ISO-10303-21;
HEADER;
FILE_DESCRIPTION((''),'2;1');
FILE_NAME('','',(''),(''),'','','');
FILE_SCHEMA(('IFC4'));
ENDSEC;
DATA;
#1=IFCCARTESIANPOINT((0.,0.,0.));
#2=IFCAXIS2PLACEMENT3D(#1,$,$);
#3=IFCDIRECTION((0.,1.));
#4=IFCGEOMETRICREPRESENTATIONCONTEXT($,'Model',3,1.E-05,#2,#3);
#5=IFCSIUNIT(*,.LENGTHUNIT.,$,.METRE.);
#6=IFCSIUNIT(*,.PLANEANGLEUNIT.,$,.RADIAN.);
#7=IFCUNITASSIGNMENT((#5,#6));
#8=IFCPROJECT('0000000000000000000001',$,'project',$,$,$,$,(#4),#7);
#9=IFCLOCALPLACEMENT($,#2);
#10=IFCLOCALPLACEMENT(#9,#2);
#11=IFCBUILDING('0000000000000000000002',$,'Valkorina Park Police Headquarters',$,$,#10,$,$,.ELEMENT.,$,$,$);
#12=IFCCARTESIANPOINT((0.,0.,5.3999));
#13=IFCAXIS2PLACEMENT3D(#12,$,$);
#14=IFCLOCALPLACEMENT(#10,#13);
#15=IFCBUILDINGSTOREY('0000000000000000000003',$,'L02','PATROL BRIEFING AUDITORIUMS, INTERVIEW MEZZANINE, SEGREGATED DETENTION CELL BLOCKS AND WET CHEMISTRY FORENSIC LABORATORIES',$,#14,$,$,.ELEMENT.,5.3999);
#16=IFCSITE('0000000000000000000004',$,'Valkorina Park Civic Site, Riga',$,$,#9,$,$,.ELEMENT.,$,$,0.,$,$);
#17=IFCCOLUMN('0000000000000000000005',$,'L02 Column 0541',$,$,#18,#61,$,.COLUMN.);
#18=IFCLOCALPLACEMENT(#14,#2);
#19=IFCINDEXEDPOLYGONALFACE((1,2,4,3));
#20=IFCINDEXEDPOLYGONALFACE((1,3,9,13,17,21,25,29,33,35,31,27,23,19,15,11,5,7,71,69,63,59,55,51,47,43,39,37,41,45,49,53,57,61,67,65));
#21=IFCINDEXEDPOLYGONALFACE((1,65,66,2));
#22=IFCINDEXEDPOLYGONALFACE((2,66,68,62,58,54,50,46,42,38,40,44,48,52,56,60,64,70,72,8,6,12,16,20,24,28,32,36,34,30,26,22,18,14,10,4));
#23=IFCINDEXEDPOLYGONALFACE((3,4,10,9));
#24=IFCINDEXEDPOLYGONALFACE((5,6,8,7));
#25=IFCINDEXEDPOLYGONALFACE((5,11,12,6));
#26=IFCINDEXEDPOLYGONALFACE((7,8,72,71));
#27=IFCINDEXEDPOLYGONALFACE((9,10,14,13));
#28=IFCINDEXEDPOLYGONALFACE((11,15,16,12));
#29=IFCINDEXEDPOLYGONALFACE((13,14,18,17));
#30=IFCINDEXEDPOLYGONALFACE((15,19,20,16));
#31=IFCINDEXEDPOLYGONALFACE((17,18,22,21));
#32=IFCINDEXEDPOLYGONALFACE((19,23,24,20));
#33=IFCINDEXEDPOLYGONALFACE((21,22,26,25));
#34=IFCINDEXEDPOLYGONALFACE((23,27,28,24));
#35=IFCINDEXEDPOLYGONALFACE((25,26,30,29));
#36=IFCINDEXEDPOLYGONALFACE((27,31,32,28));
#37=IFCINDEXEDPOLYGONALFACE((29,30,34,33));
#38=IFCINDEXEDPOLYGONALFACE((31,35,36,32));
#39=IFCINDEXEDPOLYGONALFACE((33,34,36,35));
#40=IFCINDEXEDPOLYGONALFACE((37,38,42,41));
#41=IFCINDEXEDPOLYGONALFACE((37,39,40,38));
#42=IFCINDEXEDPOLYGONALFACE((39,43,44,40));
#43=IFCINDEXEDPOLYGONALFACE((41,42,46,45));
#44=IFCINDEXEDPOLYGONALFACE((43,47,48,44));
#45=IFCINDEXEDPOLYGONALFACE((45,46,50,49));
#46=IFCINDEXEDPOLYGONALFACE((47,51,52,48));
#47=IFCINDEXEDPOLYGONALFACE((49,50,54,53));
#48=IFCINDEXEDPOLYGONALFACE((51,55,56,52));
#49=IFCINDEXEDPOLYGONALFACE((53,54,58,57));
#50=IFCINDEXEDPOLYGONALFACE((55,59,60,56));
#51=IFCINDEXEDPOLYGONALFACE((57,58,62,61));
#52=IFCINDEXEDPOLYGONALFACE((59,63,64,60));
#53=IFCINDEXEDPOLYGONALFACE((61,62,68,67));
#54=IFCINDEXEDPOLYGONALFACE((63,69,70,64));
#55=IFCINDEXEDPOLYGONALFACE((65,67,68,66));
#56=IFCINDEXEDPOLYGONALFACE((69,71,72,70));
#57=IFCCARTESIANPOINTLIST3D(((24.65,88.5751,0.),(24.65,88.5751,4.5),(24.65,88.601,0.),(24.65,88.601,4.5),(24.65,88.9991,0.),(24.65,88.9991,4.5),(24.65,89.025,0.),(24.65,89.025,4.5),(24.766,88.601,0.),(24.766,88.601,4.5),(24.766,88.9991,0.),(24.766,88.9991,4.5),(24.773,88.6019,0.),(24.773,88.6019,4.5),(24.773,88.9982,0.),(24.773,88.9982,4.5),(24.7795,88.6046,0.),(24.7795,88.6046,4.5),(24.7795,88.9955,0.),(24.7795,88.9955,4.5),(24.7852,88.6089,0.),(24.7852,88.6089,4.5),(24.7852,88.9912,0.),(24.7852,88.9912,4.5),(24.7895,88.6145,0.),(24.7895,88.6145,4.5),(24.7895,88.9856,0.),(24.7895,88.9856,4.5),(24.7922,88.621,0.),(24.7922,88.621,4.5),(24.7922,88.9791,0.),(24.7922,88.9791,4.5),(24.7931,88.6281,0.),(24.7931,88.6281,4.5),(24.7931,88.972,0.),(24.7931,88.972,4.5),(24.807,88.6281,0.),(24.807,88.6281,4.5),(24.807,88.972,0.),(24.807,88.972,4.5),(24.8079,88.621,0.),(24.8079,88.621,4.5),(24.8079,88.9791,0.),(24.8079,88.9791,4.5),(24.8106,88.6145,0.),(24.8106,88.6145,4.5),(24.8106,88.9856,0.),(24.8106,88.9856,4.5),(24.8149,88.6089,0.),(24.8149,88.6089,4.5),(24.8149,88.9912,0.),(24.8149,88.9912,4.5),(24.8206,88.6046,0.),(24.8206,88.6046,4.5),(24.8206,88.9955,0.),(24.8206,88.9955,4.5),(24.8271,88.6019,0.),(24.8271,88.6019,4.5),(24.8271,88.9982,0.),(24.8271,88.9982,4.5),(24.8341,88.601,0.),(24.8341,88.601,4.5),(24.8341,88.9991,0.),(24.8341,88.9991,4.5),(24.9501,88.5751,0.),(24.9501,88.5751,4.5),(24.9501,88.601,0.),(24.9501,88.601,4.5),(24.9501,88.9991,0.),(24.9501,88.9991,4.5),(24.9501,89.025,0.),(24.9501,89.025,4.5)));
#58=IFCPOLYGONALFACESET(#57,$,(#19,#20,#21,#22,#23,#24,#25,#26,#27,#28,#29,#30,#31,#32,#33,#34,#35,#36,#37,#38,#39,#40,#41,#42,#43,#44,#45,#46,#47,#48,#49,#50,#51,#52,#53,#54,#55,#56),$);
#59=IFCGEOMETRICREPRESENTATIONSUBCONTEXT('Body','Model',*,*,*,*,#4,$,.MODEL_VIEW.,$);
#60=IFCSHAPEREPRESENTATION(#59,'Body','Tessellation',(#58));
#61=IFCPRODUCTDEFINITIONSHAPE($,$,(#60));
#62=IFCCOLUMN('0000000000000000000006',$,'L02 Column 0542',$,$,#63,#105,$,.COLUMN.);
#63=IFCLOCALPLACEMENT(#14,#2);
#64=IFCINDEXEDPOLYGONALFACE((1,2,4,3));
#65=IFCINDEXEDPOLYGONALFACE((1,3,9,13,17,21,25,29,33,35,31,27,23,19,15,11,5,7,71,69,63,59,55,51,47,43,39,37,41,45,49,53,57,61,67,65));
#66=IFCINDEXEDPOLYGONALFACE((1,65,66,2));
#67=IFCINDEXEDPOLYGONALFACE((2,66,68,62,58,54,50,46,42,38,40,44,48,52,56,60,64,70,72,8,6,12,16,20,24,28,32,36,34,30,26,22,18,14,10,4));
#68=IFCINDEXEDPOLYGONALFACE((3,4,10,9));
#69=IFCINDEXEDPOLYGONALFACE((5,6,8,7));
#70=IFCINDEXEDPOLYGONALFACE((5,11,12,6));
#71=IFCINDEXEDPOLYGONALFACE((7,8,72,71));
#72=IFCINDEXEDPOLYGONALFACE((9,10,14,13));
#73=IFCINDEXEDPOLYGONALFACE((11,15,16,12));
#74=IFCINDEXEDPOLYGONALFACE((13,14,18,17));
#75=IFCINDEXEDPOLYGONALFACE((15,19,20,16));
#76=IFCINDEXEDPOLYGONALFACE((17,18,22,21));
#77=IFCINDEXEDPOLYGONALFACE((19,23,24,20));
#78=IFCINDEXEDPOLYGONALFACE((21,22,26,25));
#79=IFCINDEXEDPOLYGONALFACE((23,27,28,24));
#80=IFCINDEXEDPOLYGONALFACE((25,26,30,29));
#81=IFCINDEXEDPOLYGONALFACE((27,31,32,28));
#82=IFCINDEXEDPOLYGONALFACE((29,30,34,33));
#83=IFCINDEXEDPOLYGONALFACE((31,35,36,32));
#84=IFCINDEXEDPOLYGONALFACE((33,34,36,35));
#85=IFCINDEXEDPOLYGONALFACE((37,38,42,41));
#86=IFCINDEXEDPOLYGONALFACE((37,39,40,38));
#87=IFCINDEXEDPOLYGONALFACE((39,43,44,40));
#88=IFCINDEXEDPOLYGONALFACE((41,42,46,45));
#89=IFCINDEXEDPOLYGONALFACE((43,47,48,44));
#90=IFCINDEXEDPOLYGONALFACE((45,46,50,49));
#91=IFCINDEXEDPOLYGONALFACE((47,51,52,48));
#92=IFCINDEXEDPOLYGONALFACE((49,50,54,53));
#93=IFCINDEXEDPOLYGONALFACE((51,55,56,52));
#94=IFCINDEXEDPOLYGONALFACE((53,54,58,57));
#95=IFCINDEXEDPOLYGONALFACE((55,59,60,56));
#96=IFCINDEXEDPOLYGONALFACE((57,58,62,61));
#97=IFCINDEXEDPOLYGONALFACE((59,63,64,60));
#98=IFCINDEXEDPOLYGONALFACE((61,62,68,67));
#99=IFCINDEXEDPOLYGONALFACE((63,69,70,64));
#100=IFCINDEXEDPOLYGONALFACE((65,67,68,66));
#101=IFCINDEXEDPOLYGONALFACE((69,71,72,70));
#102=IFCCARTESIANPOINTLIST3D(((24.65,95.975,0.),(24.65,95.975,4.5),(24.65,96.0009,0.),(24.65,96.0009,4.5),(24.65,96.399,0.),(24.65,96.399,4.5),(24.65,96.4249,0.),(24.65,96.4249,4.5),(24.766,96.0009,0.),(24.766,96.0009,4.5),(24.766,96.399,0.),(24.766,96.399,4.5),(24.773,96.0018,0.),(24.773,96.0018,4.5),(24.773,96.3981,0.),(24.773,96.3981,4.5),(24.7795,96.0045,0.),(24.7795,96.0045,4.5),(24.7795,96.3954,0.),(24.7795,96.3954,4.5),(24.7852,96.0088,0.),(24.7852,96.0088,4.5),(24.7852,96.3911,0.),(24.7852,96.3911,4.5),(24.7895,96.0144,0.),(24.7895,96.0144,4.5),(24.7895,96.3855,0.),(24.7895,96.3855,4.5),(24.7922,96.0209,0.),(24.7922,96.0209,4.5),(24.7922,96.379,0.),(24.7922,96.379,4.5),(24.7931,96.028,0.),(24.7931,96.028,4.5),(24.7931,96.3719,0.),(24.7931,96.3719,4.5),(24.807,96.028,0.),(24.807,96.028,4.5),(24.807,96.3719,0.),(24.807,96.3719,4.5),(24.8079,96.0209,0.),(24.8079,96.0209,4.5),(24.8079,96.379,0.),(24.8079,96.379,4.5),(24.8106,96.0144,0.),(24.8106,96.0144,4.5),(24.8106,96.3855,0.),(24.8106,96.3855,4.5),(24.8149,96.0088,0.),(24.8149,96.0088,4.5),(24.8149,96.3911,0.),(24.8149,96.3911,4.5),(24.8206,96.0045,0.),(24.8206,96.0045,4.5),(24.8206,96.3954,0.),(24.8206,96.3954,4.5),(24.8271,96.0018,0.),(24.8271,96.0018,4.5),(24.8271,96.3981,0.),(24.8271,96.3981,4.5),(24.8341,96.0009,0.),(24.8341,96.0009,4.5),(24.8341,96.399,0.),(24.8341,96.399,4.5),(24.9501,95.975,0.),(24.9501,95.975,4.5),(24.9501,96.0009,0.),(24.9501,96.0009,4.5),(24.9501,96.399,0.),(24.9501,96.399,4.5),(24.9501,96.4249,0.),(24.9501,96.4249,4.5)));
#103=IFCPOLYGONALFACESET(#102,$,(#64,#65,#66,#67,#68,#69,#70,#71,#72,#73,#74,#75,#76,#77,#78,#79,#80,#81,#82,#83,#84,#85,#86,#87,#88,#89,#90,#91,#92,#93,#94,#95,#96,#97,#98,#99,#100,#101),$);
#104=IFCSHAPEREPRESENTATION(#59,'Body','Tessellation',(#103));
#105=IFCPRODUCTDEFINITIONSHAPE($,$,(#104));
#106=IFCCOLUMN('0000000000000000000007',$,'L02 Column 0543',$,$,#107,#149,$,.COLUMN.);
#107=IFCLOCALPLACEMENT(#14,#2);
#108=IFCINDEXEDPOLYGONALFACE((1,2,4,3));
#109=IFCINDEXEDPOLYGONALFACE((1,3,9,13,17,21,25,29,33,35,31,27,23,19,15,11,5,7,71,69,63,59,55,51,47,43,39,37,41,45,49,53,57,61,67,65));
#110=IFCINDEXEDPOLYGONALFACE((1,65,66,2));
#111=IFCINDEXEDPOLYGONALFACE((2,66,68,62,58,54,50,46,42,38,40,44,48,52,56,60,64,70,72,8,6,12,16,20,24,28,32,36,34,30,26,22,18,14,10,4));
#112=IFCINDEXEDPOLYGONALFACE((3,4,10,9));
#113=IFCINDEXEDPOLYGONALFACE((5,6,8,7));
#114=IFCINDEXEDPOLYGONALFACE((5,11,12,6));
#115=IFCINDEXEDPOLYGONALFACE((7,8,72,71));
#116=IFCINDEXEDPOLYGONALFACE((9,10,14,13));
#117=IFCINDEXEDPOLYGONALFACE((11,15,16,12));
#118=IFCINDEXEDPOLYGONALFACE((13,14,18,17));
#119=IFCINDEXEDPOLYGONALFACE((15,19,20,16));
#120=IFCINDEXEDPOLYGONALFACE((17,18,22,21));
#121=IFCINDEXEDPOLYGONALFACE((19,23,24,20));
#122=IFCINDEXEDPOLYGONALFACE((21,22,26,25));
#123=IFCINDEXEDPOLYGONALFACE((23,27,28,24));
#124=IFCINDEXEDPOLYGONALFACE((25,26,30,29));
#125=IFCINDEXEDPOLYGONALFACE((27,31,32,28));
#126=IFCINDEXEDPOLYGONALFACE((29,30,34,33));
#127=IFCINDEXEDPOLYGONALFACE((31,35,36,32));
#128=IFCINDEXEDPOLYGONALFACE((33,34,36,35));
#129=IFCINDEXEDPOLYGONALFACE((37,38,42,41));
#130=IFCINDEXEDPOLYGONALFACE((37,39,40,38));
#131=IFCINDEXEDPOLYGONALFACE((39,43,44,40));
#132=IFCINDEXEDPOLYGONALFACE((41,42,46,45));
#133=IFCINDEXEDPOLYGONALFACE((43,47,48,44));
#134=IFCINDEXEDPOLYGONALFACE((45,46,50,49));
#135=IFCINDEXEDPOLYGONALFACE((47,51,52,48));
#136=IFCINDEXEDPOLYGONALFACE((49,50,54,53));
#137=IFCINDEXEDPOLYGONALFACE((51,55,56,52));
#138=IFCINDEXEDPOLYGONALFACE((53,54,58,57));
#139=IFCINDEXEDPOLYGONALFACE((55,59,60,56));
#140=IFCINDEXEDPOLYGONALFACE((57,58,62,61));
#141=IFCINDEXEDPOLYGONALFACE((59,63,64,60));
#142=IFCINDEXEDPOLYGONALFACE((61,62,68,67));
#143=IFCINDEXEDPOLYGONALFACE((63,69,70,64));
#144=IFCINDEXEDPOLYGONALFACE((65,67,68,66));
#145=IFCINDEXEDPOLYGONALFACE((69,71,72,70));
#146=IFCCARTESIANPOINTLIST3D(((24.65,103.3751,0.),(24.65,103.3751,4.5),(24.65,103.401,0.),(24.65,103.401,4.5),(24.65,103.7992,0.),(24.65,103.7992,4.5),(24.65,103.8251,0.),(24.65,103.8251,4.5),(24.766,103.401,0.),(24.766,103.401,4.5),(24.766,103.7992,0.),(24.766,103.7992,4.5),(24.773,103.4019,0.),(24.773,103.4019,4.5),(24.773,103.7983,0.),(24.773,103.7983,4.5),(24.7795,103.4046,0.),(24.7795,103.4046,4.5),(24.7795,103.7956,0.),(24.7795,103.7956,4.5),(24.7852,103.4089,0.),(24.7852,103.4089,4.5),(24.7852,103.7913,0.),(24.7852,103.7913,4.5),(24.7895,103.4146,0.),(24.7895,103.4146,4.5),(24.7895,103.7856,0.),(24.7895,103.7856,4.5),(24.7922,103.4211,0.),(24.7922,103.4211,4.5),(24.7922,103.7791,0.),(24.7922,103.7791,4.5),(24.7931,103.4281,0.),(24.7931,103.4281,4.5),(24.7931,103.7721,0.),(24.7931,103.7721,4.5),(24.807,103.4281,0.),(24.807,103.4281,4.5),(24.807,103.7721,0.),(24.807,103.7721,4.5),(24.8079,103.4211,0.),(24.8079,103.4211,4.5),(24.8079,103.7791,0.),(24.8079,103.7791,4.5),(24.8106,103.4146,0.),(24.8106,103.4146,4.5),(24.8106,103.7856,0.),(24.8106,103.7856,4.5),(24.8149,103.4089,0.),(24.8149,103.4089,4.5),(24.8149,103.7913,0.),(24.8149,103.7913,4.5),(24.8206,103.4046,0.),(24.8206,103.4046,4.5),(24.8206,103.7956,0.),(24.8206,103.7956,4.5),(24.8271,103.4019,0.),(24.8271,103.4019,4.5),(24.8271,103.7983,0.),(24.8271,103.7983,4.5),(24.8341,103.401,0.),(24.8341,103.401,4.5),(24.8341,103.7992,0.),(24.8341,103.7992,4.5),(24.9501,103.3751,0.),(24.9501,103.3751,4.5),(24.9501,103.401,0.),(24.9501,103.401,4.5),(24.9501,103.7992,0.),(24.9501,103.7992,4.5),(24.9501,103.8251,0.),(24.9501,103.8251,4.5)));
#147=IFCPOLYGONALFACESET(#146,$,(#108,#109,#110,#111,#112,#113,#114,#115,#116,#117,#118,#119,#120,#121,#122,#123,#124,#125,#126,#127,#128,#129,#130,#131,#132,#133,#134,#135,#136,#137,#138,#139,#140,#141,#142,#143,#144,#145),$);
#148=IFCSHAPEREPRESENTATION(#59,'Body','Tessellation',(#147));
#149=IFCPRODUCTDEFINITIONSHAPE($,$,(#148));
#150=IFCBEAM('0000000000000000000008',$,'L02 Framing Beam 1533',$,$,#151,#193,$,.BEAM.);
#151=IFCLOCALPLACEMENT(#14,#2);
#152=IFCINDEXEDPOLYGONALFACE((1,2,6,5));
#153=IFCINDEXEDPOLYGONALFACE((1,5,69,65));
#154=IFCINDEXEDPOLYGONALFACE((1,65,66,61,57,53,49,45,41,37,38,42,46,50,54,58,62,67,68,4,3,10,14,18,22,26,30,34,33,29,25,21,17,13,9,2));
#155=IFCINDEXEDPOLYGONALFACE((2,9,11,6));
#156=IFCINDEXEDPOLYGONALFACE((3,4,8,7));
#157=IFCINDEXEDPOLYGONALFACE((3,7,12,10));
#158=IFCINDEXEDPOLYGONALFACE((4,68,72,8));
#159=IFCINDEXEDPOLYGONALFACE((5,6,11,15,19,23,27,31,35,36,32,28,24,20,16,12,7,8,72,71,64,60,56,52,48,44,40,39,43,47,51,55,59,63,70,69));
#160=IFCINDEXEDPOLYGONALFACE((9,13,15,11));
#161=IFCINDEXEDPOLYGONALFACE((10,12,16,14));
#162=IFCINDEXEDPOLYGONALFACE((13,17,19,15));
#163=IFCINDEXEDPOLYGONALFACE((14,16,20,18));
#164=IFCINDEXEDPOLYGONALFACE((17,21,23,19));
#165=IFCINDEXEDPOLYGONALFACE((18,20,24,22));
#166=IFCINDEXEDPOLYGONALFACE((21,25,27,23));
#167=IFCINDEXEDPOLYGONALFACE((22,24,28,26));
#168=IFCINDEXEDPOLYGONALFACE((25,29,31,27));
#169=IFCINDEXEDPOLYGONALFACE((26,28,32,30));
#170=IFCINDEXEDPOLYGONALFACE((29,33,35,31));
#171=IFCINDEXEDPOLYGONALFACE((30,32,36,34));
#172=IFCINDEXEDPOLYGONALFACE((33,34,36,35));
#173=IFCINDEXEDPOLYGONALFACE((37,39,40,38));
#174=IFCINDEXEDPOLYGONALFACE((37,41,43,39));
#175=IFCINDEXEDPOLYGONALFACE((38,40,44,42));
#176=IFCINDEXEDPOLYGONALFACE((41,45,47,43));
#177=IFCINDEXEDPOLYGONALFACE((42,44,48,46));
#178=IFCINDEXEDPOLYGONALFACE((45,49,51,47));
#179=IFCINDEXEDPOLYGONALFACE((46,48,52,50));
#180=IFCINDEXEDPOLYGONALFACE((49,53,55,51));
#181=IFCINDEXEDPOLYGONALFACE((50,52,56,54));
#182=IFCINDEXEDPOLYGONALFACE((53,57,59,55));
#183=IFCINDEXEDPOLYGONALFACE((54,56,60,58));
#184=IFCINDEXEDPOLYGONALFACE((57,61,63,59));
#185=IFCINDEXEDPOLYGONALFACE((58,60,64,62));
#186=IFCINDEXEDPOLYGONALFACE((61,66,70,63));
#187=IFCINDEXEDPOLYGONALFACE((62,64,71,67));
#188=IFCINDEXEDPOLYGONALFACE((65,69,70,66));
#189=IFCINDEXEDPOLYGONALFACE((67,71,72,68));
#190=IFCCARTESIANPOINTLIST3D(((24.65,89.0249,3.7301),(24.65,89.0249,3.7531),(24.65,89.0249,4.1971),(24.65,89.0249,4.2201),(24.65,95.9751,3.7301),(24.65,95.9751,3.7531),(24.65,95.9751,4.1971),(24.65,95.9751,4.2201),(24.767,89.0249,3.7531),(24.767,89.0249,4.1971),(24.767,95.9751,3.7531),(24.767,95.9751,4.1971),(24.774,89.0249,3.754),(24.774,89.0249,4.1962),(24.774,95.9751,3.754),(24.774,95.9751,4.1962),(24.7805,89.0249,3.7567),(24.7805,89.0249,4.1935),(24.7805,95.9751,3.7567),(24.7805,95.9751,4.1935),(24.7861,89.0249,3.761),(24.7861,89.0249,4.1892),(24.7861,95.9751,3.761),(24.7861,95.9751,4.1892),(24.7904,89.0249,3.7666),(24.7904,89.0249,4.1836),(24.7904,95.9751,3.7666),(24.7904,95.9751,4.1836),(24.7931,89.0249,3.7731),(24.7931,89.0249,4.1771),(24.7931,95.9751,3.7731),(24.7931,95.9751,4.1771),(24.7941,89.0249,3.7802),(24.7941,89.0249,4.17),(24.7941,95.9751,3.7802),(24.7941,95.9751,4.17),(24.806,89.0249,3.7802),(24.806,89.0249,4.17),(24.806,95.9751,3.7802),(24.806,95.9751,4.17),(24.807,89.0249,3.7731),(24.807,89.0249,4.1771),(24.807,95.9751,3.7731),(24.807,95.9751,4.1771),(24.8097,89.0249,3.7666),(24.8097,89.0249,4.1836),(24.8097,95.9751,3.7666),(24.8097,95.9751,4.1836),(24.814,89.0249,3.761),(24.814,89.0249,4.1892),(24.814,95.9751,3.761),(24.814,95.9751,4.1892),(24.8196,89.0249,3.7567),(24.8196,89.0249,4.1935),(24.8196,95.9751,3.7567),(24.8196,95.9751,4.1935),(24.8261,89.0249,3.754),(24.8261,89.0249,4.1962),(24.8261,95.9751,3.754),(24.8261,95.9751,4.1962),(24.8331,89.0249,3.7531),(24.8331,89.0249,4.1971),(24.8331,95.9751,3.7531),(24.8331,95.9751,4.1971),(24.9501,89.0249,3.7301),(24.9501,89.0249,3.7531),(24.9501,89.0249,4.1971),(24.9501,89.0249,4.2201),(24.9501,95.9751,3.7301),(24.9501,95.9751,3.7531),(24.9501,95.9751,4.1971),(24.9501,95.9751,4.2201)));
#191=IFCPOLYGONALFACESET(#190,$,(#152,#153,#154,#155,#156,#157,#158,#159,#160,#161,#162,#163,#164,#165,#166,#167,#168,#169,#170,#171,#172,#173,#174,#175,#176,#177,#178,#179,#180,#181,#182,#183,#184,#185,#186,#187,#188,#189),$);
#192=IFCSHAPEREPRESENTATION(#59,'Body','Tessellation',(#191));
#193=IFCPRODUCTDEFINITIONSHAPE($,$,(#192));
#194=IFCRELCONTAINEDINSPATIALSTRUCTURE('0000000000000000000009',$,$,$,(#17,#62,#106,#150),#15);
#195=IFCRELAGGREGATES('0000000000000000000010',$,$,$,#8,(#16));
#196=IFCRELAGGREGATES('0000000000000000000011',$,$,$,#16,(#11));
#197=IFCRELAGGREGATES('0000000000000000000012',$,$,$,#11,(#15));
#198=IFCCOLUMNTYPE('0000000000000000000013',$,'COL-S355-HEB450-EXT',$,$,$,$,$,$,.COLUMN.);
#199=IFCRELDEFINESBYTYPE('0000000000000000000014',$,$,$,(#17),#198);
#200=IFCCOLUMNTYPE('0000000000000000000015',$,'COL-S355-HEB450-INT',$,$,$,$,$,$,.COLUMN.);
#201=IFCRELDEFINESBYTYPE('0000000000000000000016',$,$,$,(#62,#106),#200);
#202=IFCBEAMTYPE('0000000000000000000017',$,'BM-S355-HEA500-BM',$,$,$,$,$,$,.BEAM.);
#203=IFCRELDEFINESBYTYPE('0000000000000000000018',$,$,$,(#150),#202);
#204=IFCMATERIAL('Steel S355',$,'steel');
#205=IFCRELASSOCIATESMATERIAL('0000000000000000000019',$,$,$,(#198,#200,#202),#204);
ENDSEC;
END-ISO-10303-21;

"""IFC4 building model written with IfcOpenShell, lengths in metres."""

from ifc_helpers import new_model, si_unit, direction, frame, origin, origin_2d, place, context, subcontext, project, spatial, i_section, extrude, material, material_profile, profile_set, type_object, element, save


model = new_model("IFC4")

# Units and contexts
model_context = context("Model", 3, precision=1e-05, world=origin(), true_north=direction((0.0, 1.0)))
body_context = subcontext(model_context, "Body", "Model", "MODEL_VIEW")
ifc_project = project(units=[si_unit("LENGTHUNIT", "METRE"), si_unit("PLANEANGLEUNIT", "RADIAN")], contexts=[model_context])

# Site, building, storey
site_placement = place(None, origin())
site = spatial("IfcSite", under=ifc_project, at=site_placement, Name="Valkorina Park Civic Site, Riga", CompositionType="ELEMENT", RefElevation=0.0)
building_placement = place(site_placement, origin())
building = spatial("IfcBuilding", under=site, at=building_placement, Name="Valkorina Park Police Headquarters", CompositionType="ELEMENT")
storey_placement = place(building_placement, frame((0.0, 0.0, 5.3999)))
storey = spatial("IfcBuildingStorey", under=building, at=storey_placement, Name="L02", Description="PATROL BRIEFING AUDITORIUMS, INTERVIEW MEZZANINE, SEGREGATED DETENTION CELL BLOCKS AND WET CHEMISTRY FORENSIC LABORATORIES", CompositionType="ELEMENT", Elevation=5.3999)

# Columns
ifc_material_1 = material(Name="Steel S355", Category="steel")
ifc_material_profile_1 = material_profile(ifc_material_1, i_section(OverallWidth=0.3, OverallDepth=0.45, WebThickness=0.0139, FlangeThickness=0.0259, FilletRadius=0.0271, at=origin_2d()), Name="HEB 450")
ifc_profile_set_1 = profile_set([ifc_material_profile_1], Name="Steel S355")
column_type_1 = type_object("IfcColumnType", Name="COL-S355-HEB450-EXT", PredefinedType="COLUMN", material=ifc_profile_set_1)
column_placement = place(storey_placement, frame((24.8, 88.8, 0.0), z_axis=(0.0, 0.0, 1.0), x_axis=(1.0, 0.0, 0.0)))
element("IfcColumn", 1, at=column_placement, inside=storey, type_object=column_type_1, Name="L02 Column 0541", PredefinedType="COLUMN", context=body_context, shape_type="SweptSolid", body=[
    extrude(i_section(OverallWidth=0.3, OverallDepth=0.45, WebThickness=0.0139, FlangeThickness=0.0259, FilletRadius=0.0271, at=origin_2d()), origin(), (0.0, 0.0, 1.0), 4.5),
])
ifc_material_profile_2 = material_profile(ifc_material_1, i_section(OverallWidth=0.3, OverallDepth=0.45, WebThickness=0.0139, FlangeThickness=0.0259, FilletRadius=0.0271, at=origin_2d()), Name="HEB 450")
ifc_profile_set_2 = profile_set([ifc_material_profile_2], Name="Steel S355")
column_type_2 = type_object("IfcColumnType", Name="COL-S355-HEB450-INT", PredefinedType="COLUMN", material=ifc_profile_set_2)
for number, where, z_axis, x_axis, name in (
    (2, (24.8, 96.2, 0.0), (0.0, 0.0, 1.0), (1.0, 0.0, 0.0), "L02 Column 0542"),
    (3, (24.8, 103.6001, 0.0), (0.0, 0.0, 1.0), (1.0, 0.0, 0.0), "L02 Column 0543"),
):
    element("IfcColumn", number, at=place(storey_placement, frame(where, z_axis=z_axis, x_axis=x_axis)), inside=storey, type_object=column_type_2, Name=name, PredefinedType="COLUMN", context=body_context, shape_type="SweptSolid", body=[
        extrude(i_section(OverallWidth=0.3, OverallDepth=0.45, WebThickness=0.0139, FlangeThickness=0.0259, FilletRadius=0.0271, at=origin_2d()), origin(), (0.0, 0.0, 1.0), 4.5),
    ])

# Beam
ifc_material_profile_3 = material_profile(ifc_material_1, i_section(OverallWidth=0.3, OverallDepth=0.49, WebThickness=0.012, FlangeThickness=0.0229, FilletRadius=0.0271, at=origin_2d()), Name="HEA 500")
ifc_profile_set_3 = profile_set([ifc_material_profile_3], Name="Steel S355")
beam_type_1 = type_object("IfcBeamType", Name="BM-S355-HEA500-BM", PredefinedType="BEAM", material=ifc_profile_set_3)
beam_1_placement = place(storey_placement, frame((24.8, 89.0249, 3.9751), z_axis=(0.0, 1.0, 0.0), x_axis=(-1.0, 0.0, 0.0)))
element("IfcBeam", 4, at=beam_1_placement, inside=storey, type_object=beam_type_1, Name="L02 Framing Beam 1533", PredefinedType="BEAM", context=body_context, shape_type="SweptSolid", body=[
    extrude(i_section(OverallWidth=0.3, OverallDepth=0.49, WebThickness=0.012, FlangeThickness=0.0229, FilletRadius=0.0271, at=origin_2d()), origin(), (0.0, 0.0, 1.0), 6.9502),
])

save(model, "model.ifc")
